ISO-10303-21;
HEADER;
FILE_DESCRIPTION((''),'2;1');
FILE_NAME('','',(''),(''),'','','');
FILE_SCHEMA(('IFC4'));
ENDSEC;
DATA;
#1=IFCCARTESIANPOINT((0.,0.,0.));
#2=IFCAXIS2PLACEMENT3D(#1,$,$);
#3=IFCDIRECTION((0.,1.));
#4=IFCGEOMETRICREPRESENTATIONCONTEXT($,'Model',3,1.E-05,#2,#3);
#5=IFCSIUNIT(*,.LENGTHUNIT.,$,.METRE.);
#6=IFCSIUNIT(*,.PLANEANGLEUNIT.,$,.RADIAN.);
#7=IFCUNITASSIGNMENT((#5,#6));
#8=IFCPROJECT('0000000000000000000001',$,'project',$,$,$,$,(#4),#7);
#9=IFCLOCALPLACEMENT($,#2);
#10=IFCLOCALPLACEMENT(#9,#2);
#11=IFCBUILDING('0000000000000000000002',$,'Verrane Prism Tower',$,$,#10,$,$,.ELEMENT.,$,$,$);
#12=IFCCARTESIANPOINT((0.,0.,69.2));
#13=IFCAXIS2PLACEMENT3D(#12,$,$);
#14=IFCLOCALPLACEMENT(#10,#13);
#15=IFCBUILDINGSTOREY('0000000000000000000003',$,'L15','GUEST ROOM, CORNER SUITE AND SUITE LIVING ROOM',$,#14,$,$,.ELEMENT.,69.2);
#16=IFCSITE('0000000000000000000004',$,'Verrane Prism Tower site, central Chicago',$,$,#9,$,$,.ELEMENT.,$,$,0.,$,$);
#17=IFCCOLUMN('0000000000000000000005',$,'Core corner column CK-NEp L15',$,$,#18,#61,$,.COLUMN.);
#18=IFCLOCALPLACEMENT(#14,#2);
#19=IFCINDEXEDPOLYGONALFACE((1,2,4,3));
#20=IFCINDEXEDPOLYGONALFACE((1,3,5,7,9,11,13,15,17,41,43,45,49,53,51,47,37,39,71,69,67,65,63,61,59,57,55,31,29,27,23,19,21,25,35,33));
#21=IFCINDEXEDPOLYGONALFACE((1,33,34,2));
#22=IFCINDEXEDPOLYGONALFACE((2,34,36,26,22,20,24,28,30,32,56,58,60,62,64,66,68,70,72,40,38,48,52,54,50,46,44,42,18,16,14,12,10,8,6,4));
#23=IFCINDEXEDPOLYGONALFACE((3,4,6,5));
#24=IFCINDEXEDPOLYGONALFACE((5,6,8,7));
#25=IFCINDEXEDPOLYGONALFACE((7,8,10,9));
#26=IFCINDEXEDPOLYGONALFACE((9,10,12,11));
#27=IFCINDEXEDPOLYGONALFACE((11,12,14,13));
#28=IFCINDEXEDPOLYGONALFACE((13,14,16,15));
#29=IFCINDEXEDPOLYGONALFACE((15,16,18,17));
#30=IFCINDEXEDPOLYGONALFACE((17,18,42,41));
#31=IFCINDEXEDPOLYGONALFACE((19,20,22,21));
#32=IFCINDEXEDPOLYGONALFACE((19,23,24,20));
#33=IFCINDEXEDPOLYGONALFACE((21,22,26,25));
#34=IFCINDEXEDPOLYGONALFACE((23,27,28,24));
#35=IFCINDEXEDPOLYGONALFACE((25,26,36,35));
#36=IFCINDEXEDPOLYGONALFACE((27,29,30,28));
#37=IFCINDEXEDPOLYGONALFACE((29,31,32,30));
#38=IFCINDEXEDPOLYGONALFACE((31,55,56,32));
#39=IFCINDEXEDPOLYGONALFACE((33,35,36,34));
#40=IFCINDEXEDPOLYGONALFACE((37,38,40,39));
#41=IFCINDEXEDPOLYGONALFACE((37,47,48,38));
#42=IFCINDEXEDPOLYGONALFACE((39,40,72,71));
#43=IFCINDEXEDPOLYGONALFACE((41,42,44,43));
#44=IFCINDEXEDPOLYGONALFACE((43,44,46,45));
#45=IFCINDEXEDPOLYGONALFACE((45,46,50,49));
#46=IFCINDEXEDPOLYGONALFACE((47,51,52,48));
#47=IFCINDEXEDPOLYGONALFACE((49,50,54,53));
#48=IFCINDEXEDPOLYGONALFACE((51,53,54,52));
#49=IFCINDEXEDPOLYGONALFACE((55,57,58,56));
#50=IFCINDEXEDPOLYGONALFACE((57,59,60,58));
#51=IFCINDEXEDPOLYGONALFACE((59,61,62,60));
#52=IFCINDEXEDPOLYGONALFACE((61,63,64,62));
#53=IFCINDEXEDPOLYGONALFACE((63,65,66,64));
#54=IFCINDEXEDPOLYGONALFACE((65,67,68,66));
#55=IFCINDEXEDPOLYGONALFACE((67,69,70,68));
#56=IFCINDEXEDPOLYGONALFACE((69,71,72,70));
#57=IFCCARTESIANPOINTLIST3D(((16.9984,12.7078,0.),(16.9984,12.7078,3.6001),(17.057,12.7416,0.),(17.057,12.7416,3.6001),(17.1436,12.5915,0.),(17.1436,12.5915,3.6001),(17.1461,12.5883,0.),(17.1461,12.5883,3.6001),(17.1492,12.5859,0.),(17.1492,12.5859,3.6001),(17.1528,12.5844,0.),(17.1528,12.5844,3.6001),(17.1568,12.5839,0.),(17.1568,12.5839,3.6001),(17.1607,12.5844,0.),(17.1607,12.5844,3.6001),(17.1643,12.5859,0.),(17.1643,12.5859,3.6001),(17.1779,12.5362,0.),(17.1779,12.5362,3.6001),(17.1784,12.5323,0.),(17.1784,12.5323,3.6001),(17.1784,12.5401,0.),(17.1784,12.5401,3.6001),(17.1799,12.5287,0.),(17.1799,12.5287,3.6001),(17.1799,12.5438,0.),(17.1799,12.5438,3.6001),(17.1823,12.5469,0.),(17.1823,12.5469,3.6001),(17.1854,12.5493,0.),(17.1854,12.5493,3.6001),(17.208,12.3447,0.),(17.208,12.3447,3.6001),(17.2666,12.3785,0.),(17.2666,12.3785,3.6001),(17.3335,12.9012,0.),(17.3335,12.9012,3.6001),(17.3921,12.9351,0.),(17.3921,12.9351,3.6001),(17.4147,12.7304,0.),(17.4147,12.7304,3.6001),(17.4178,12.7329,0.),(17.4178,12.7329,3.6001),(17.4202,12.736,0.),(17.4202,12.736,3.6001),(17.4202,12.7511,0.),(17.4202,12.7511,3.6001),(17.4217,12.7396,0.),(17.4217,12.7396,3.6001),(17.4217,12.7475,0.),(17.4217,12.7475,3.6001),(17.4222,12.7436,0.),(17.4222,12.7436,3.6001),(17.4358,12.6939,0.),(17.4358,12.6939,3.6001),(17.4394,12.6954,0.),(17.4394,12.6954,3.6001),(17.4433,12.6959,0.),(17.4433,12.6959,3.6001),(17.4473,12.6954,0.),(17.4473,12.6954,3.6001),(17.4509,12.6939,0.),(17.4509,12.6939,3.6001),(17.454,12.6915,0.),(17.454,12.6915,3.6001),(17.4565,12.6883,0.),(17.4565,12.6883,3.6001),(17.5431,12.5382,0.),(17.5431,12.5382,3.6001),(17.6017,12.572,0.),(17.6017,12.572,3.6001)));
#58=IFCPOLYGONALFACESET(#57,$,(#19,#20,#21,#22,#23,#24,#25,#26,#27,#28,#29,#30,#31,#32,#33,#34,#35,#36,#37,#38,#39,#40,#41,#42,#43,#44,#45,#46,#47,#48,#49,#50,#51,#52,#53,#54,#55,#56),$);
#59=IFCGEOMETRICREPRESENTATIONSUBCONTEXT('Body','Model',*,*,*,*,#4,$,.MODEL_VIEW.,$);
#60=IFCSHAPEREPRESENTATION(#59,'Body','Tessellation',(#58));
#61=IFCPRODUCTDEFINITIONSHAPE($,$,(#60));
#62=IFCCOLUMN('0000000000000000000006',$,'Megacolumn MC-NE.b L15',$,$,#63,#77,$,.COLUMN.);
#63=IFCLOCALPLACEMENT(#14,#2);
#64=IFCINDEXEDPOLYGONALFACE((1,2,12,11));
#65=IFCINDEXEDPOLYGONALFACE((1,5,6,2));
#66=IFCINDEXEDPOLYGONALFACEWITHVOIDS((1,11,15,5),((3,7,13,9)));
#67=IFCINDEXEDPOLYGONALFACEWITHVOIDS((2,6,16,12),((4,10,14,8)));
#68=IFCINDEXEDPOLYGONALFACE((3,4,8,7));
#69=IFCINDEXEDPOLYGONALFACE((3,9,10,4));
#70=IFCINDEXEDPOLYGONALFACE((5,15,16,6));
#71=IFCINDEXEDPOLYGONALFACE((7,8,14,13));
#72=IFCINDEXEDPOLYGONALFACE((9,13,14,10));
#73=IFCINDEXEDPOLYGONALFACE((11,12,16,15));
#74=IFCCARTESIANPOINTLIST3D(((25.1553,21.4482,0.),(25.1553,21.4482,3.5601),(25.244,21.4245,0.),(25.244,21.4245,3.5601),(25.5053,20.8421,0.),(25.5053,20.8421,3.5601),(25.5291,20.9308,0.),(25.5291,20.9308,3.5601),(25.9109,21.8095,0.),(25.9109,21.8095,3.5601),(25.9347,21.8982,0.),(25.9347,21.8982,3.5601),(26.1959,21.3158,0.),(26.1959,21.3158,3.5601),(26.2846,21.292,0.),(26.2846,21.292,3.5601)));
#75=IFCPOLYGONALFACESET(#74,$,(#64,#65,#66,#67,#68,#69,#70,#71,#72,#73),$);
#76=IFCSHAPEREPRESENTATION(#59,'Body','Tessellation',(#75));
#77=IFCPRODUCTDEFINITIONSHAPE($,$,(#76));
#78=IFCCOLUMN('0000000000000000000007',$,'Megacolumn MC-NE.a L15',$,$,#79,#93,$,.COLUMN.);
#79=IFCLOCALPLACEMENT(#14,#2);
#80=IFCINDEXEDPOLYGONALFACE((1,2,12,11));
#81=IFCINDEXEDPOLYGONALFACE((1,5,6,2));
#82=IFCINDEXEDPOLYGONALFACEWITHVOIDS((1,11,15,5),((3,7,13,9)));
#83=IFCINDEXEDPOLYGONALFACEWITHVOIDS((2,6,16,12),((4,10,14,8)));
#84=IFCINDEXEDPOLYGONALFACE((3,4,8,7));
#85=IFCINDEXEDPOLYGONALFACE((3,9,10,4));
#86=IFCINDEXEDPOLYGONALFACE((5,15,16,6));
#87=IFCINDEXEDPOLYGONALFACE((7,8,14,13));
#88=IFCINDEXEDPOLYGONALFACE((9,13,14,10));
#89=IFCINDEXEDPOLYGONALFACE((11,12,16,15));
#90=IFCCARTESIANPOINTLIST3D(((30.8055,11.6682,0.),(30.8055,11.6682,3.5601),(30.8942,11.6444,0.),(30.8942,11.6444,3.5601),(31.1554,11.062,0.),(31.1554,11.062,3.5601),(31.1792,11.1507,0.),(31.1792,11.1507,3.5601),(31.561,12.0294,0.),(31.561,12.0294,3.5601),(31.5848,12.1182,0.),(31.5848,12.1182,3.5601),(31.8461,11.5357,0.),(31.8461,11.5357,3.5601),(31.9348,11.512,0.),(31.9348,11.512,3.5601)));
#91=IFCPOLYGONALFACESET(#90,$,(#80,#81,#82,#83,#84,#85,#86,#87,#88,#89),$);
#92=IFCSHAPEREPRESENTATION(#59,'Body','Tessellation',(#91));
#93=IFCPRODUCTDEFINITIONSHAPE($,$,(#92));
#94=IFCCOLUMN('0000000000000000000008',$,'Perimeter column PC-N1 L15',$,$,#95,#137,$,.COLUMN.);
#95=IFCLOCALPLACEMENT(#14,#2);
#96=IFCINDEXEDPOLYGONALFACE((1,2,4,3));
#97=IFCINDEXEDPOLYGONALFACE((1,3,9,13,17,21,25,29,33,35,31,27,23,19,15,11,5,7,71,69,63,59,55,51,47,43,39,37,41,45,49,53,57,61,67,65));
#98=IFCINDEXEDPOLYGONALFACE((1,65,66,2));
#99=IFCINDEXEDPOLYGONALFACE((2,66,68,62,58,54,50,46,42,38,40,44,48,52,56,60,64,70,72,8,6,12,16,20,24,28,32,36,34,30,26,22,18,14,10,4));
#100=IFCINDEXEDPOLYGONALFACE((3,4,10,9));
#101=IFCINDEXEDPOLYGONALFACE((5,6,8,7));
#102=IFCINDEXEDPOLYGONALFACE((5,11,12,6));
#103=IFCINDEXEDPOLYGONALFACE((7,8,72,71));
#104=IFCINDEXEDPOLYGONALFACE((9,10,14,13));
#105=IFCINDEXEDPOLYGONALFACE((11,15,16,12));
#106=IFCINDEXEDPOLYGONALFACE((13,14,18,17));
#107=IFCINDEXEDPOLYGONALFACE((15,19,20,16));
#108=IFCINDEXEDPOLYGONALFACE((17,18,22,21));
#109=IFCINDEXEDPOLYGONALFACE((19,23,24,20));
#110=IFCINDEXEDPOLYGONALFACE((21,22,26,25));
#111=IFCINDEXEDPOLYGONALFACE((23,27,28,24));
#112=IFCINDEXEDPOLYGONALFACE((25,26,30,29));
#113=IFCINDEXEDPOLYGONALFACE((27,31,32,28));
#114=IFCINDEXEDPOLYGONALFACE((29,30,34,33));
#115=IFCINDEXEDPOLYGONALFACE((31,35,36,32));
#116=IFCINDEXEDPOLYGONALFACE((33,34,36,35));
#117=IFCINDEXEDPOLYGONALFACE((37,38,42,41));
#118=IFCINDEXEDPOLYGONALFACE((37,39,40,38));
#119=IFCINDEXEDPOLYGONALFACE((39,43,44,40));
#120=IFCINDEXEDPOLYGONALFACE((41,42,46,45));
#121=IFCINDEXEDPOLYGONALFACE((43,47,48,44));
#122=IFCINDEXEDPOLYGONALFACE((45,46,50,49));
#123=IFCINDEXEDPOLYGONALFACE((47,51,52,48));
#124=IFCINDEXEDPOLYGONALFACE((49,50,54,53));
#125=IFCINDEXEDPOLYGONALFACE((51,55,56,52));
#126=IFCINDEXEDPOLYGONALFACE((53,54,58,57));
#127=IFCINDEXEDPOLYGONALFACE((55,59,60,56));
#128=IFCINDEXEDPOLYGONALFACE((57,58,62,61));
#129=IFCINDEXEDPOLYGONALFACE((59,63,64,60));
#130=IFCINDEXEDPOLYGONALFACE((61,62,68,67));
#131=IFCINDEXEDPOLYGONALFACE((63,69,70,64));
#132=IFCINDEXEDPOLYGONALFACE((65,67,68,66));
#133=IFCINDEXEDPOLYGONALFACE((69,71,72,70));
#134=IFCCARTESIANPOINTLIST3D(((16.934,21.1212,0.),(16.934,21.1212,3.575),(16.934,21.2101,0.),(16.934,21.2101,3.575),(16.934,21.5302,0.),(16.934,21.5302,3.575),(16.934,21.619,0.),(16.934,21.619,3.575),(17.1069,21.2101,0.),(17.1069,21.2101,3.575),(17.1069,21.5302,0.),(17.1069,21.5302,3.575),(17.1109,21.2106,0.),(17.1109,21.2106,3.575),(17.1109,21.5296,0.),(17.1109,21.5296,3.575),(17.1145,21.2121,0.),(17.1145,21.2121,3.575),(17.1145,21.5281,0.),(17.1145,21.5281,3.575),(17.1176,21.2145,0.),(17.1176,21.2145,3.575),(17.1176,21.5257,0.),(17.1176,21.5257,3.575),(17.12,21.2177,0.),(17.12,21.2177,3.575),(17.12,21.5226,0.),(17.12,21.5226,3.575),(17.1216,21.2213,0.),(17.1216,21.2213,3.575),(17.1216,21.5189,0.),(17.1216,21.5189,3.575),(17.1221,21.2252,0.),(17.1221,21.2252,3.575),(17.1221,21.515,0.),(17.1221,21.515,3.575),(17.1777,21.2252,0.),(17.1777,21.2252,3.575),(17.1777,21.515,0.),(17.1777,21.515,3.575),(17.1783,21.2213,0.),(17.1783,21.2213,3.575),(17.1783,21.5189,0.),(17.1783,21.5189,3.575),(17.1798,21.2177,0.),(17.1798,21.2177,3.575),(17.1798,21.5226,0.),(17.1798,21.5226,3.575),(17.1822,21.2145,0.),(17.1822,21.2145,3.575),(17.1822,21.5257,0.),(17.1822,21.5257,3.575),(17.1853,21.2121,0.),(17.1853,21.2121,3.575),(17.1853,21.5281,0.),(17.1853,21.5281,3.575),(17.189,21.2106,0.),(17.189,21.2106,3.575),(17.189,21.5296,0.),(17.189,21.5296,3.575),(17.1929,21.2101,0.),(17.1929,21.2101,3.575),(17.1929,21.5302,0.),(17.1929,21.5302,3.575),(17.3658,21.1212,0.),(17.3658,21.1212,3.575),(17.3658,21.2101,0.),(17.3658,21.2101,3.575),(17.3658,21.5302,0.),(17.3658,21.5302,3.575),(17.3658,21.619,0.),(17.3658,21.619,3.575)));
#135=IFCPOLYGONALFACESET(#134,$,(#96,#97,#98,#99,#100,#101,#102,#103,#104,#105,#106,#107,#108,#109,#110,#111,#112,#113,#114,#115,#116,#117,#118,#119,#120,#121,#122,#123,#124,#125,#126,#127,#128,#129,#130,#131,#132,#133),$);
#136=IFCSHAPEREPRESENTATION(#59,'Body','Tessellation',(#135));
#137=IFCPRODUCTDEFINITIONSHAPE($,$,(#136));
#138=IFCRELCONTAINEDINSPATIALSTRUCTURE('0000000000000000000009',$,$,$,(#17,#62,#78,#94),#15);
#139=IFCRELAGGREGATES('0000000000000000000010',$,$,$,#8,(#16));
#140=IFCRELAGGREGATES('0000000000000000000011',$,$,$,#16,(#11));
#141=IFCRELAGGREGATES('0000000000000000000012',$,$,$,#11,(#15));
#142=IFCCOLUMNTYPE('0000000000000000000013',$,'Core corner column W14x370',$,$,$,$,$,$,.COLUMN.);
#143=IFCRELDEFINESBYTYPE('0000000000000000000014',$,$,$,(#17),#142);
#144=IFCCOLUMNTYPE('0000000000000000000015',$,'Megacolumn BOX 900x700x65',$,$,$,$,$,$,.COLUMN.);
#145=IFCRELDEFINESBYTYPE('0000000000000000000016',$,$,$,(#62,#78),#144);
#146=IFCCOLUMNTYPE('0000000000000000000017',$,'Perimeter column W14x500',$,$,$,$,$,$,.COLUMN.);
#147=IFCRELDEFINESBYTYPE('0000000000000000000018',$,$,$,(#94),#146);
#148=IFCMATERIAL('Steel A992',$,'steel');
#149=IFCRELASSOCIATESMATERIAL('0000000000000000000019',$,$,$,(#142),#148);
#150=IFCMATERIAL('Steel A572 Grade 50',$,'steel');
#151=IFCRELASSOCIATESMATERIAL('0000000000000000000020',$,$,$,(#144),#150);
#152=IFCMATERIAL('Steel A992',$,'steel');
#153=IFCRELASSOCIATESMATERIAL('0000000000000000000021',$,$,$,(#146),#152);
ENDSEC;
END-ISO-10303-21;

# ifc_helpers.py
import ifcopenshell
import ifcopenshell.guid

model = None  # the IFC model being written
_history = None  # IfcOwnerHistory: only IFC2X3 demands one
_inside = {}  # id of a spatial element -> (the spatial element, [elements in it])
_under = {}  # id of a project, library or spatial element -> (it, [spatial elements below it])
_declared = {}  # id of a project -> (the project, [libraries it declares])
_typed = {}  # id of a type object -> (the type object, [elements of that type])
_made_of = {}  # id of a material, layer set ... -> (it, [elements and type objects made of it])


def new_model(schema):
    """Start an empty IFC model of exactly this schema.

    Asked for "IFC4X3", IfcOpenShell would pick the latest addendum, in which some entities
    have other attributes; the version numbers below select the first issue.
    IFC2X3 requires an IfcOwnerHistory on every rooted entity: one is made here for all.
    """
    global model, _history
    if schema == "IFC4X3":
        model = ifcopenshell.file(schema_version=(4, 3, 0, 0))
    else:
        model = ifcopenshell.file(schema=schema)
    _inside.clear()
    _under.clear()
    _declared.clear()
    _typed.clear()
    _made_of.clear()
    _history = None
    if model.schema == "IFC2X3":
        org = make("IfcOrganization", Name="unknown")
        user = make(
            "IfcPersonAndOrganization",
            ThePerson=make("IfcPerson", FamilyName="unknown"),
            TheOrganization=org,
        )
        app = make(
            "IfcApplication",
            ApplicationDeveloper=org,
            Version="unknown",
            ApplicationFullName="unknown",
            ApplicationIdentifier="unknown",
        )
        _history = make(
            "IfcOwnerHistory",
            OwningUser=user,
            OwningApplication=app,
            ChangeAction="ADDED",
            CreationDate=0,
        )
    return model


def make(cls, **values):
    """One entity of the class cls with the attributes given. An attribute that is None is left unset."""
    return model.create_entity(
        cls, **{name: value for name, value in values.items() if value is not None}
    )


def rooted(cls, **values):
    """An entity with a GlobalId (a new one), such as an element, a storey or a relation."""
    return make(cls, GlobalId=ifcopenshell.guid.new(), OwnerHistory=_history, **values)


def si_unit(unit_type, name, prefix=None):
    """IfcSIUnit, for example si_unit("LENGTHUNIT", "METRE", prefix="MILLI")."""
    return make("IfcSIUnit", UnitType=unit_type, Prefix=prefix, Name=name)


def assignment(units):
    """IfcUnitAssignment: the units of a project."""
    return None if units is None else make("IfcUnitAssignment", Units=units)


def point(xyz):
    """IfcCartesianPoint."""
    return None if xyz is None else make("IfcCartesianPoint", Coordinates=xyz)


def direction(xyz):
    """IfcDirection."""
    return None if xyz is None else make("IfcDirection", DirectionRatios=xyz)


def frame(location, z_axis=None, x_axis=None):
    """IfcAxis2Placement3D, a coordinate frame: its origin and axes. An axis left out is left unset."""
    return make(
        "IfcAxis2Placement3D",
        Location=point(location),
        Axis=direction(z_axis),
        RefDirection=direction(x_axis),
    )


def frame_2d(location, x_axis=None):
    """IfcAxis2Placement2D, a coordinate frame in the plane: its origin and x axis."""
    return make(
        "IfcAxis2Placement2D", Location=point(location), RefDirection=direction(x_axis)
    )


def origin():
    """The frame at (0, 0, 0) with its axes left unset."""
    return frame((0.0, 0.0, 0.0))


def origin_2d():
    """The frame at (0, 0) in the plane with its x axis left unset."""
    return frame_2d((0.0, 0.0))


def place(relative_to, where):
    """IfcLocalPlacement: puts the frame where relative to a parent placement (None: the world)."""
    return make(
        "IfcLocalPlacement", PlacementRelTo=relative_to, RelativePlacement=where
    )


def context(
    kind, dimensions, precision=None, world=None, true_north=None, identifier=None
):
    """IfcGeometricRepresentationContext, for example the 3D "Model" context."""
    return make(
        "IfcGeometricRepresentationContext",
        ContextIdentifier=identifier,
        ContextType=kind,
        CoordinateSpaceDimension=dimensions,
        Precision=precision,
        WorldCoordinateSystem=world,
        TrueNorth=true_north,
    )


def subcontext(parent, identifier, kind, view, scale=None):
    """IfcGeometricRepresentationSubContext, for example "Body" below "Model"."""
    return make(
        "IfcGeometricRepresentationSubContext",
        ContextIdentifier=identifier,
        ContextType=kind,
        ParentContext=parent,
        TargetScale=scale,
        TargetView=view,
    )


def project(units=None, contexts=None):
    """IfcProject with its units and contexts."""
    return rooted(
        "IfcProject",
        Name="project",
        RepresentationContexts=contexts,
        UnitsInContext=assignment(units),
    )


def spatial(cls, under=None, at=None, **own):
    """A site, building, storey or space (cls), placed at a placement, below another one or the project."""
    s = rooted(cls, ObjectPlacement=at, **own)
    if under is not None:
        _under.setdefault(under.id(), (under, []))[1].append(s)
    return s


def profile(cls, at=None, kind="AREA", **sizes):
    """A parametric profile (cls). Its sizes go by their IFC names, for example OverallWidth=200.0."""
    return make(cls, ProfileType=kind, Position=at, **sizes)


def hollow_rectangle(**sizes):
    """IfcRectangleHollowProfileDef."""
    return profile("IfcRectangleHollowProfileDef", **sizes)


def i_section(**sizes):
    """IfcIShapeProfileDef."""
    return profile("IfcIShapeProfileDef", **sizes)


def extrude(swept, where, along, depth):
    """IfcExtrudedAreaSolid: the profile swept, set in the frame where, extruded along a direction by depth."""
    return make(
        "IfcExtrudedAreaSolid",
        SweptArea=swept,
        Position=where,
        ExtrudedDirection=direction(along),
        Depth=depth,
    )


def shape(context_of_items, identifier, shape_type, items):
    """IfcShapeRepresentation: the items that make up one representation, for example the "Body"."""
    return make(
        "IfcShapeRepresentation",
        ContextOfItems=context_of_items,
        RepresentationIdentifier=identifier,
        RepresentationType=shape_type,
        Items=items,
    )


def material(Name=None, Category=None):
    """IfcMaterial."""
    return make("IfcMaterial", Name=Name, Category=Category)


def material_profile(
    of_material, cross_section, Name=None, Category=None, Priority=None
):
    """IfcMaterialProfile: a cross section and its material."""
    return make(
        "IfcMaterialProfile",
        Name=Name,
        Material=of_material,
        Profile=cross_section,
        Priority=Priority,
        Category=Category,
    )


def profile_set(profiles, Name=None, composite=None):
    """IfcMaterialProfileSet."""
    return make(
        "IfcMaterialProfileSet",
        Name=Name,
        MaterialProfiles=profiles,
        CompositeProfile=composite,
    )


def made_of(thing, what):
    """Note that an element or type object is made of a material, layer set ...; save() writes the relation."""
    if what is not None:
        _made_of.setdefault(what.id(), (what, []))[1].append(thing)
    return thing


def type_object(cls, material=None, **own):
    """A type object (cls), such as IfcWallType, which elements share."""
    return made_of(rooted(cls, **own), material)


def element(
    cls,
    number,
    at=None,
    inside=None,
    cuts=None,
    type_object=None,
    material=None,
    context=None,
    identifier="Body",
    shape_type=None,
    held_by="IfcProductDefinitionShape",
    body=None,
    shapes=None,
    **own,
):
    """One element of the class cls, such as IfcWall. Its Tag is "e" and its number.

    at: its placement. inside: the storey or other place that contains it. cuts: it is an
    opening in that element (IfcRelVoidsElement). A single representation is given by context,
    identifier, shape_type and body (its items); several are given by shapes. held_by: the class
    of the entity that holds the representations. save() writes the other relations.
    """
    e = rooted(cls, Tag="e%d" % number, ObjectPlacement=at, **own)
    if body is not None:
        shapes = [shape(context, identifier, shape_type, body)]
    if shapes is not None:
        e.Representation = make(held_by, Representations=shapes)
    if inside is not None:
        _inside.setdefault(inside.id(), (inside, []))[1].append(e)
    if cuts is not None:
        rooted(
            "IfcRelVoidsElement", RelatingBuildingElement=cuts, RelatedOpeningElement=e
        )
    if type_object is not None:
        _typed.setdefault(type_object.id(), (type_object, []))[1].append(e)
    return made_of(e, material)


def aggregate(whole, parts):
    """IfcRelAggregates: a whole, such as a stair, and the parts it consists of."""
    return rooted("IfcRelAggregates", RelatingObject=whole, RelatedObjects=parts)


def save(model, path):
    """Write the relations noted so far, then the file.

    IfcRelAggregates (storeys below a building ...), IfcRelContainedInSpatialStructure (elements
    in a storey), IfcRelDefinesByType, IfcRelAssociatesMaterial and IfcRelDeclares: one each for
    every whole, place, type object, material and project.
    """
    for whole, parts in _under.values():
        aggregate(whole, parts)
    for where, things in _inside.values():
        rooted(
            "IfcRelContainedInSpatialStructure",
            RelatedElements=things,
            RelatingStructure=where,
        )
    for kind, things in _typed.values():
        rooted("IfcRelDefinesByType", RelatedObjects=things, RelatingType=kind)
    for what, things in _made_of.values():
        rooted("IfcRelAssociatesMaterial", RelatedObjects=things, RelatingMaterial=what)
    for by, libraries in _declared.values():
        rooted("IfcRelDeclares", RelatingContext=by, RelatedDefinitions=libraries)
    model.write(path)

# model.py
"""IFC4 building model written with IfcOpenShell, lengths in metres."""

from ifc_helpers import new_model, si_unit, direction, frame, origin, origin_2d, place, context, subcontext, project, spatial, hollow_rectangle, i_section, extrude, material, material_profile, profile_set, type_object, element, save


model = new_model("IFC4")

# Units and contexts
model_context = context("Model", 3, precision=1e-05, world=origin(), true_north=direction((0.0, 1.0)))
body_context = subcontext(model_context, "Body", "Model", "MODEL_VIEW")
ifc_project = project(units=[si_unit("LENGTHUNIT", "METRE"), si_unit("PLANEANGLEUNIT", "RADIAN")], contexts=[model_context])

# Site, building, storey
site_placement = place(None, origin())
site = spatial("IfcSite", under=ifc_project, at=site_placement, Name="Verrane Prism Tower site, central Chicago", CompositionType="ELEMENT", RefElevation=0.0)
building_placement = place(site_placement, origin())
building = spatial("IfcBuilding", under=site, at=building_placement, Name="Verrane Prism Tower", CompositionType="ELEMENT")
storey_placement = place(building_placement, frame((0.0, 0.0, 69.2)))
storey = spatial("IfcBuildingStorey", under=building, at=storey_placement, Name="L15", Description="GUEST ROOM, CORNER SUITE AND SUITE LIVING ROOM", CompositionType="ELEMENT", Elevation=69.2)

# Columns
ifc_material_1 = material(Name="Steel A992", Category="steel")
ifc_material_profile_1 = material_profile(ifc_material_1, i_section(OverallWidth=0.4192, OverallDepth=0.4546, WebThickness=0.0422, FlangeThickness=0.0676, FilletRadius=0.0151, at=origin_2d()), Name="W14x370")
ifc_profile_set_1 = profile_set([ifc_material_profile_1], Name="Steel A992")
column_type_1 = type_object("IfcColumnType", Name="Core corner column W14x370", PredefinedType="COLUMN", material=ifc_profile_set_1)
column_1_placement = place(storey_placement, frame((17.3, 12.6399, 0.0), z_axis=(0.0, 0.0, 1.0), x_axis=(0.5, -0.866025, 0.0)))
element("IfcColumn", 1, at=column_1_placement, inside=storey, type_object=column_type_1, Name="Core corner column CK-NEp L15", PredefinedType="COLUMN", context=body_context, shape_type="SweptSolid", body=[
    extrude(i_section(OverallWidth=0.4192, OverallDepth=0.4546, WebThickness=0.0422, FlangeThickness=0.0676, FilletRadius=0.0151, at=origin_2d()), origin(), (0.0, 0.0, 1.0), 3.6001),
])
ifc_material_2 = material(Name="Steel A572 Grade 50", Category="steel")
ifc_material_profile_2 = material_profile(ifc_material_2, hollow_rectangle(XDim=0.7, YDim=0.8999, WallThickness=0.0649, at=origin_2d()), Name="BOX 900x700x65")
ifc_profile_set_2 = profile_set([ifc_material_profile_2], Name="Steel A572 Grade 50")
column_type_2 = type_object("IfcColumnType", Name="Megacolumn BOX 900x700x65", PredefinedType="COLUMN", material=ifc_profile_set_2)
for number, where, z_axis, x_axis, name in (
    (2, (25.72, 21.3701, 0.0), (0.0, 0.0, 1.0), (0.5, -0.866025, 0.0), "Megacolumn MC-NE.b L15"),
    (3, (31.3701, 11.5901, 0.0), (0.0, 0.0, 1.0), (0.5, -0.866025, 0.0), "Megacolumn MC-NE.a L15"),
):
    element("IfcColumn", number, at=place(storey_placement, frame(where, z_axis=z_axis, x_axis=x_axis)), inside=storey, type_object=column_type_2, Name=name, PredefinedType="COLUMN", context=body_context, shape_type="SweptSolid", body=[
        extrude(hollow_rectangle(XDim=0.7, YDim=0.8999, WallThickness=0.0649, at=origin_2d()), origin(), (0.0, 0.0, 1.0), 3.5601),
    ])
ifc_material_3 = material(Name="Steel A992", Category="steel")
ifc_material_profile_3 = material_profile(ifc_material_3, i_section(OverallWidth=0.4319, OverallDepth=0.4978, WebThickness=0.0557, FlangeThickness=0.0889, FilletRadius=0.0151, at=origin_2d()), Name="W14x500")
ifc_profile_set_3 = profile_set([ifc_material_profile_3], Name="Steel A992")
column_type_3 = type_object("IfcColumnType", Name="Perimeter column W14x500", PredefinedType="COLUMN", material=ifc_profile_set_3)
column_2_placement = place(storey_placement, frame((17.1499, 21.3701, 0.0), z_axis=(0.0, 0.0, 1.0), x_axis=(1.0, 0.0, 0.0)))
element("IfcColumn", 4, at=column_2_placement, inside=storey, type_object=column_type_3, Name="Perimeter column PC-N1 L15", PredefinedType="COLUMN", context=body_context, shape_type="SweptSolid", body=[
    extrude(i_section(OverallWidth=0.4319, OverallDepth=0.4978, WebThickness=0.0557, FlangeThickness=0.0889, FilletRadius=0.0151, at=origin_2d()), origin(), (0.0, 0.0, 1.0), 3.575),
])

save(model, "model.ifc")
